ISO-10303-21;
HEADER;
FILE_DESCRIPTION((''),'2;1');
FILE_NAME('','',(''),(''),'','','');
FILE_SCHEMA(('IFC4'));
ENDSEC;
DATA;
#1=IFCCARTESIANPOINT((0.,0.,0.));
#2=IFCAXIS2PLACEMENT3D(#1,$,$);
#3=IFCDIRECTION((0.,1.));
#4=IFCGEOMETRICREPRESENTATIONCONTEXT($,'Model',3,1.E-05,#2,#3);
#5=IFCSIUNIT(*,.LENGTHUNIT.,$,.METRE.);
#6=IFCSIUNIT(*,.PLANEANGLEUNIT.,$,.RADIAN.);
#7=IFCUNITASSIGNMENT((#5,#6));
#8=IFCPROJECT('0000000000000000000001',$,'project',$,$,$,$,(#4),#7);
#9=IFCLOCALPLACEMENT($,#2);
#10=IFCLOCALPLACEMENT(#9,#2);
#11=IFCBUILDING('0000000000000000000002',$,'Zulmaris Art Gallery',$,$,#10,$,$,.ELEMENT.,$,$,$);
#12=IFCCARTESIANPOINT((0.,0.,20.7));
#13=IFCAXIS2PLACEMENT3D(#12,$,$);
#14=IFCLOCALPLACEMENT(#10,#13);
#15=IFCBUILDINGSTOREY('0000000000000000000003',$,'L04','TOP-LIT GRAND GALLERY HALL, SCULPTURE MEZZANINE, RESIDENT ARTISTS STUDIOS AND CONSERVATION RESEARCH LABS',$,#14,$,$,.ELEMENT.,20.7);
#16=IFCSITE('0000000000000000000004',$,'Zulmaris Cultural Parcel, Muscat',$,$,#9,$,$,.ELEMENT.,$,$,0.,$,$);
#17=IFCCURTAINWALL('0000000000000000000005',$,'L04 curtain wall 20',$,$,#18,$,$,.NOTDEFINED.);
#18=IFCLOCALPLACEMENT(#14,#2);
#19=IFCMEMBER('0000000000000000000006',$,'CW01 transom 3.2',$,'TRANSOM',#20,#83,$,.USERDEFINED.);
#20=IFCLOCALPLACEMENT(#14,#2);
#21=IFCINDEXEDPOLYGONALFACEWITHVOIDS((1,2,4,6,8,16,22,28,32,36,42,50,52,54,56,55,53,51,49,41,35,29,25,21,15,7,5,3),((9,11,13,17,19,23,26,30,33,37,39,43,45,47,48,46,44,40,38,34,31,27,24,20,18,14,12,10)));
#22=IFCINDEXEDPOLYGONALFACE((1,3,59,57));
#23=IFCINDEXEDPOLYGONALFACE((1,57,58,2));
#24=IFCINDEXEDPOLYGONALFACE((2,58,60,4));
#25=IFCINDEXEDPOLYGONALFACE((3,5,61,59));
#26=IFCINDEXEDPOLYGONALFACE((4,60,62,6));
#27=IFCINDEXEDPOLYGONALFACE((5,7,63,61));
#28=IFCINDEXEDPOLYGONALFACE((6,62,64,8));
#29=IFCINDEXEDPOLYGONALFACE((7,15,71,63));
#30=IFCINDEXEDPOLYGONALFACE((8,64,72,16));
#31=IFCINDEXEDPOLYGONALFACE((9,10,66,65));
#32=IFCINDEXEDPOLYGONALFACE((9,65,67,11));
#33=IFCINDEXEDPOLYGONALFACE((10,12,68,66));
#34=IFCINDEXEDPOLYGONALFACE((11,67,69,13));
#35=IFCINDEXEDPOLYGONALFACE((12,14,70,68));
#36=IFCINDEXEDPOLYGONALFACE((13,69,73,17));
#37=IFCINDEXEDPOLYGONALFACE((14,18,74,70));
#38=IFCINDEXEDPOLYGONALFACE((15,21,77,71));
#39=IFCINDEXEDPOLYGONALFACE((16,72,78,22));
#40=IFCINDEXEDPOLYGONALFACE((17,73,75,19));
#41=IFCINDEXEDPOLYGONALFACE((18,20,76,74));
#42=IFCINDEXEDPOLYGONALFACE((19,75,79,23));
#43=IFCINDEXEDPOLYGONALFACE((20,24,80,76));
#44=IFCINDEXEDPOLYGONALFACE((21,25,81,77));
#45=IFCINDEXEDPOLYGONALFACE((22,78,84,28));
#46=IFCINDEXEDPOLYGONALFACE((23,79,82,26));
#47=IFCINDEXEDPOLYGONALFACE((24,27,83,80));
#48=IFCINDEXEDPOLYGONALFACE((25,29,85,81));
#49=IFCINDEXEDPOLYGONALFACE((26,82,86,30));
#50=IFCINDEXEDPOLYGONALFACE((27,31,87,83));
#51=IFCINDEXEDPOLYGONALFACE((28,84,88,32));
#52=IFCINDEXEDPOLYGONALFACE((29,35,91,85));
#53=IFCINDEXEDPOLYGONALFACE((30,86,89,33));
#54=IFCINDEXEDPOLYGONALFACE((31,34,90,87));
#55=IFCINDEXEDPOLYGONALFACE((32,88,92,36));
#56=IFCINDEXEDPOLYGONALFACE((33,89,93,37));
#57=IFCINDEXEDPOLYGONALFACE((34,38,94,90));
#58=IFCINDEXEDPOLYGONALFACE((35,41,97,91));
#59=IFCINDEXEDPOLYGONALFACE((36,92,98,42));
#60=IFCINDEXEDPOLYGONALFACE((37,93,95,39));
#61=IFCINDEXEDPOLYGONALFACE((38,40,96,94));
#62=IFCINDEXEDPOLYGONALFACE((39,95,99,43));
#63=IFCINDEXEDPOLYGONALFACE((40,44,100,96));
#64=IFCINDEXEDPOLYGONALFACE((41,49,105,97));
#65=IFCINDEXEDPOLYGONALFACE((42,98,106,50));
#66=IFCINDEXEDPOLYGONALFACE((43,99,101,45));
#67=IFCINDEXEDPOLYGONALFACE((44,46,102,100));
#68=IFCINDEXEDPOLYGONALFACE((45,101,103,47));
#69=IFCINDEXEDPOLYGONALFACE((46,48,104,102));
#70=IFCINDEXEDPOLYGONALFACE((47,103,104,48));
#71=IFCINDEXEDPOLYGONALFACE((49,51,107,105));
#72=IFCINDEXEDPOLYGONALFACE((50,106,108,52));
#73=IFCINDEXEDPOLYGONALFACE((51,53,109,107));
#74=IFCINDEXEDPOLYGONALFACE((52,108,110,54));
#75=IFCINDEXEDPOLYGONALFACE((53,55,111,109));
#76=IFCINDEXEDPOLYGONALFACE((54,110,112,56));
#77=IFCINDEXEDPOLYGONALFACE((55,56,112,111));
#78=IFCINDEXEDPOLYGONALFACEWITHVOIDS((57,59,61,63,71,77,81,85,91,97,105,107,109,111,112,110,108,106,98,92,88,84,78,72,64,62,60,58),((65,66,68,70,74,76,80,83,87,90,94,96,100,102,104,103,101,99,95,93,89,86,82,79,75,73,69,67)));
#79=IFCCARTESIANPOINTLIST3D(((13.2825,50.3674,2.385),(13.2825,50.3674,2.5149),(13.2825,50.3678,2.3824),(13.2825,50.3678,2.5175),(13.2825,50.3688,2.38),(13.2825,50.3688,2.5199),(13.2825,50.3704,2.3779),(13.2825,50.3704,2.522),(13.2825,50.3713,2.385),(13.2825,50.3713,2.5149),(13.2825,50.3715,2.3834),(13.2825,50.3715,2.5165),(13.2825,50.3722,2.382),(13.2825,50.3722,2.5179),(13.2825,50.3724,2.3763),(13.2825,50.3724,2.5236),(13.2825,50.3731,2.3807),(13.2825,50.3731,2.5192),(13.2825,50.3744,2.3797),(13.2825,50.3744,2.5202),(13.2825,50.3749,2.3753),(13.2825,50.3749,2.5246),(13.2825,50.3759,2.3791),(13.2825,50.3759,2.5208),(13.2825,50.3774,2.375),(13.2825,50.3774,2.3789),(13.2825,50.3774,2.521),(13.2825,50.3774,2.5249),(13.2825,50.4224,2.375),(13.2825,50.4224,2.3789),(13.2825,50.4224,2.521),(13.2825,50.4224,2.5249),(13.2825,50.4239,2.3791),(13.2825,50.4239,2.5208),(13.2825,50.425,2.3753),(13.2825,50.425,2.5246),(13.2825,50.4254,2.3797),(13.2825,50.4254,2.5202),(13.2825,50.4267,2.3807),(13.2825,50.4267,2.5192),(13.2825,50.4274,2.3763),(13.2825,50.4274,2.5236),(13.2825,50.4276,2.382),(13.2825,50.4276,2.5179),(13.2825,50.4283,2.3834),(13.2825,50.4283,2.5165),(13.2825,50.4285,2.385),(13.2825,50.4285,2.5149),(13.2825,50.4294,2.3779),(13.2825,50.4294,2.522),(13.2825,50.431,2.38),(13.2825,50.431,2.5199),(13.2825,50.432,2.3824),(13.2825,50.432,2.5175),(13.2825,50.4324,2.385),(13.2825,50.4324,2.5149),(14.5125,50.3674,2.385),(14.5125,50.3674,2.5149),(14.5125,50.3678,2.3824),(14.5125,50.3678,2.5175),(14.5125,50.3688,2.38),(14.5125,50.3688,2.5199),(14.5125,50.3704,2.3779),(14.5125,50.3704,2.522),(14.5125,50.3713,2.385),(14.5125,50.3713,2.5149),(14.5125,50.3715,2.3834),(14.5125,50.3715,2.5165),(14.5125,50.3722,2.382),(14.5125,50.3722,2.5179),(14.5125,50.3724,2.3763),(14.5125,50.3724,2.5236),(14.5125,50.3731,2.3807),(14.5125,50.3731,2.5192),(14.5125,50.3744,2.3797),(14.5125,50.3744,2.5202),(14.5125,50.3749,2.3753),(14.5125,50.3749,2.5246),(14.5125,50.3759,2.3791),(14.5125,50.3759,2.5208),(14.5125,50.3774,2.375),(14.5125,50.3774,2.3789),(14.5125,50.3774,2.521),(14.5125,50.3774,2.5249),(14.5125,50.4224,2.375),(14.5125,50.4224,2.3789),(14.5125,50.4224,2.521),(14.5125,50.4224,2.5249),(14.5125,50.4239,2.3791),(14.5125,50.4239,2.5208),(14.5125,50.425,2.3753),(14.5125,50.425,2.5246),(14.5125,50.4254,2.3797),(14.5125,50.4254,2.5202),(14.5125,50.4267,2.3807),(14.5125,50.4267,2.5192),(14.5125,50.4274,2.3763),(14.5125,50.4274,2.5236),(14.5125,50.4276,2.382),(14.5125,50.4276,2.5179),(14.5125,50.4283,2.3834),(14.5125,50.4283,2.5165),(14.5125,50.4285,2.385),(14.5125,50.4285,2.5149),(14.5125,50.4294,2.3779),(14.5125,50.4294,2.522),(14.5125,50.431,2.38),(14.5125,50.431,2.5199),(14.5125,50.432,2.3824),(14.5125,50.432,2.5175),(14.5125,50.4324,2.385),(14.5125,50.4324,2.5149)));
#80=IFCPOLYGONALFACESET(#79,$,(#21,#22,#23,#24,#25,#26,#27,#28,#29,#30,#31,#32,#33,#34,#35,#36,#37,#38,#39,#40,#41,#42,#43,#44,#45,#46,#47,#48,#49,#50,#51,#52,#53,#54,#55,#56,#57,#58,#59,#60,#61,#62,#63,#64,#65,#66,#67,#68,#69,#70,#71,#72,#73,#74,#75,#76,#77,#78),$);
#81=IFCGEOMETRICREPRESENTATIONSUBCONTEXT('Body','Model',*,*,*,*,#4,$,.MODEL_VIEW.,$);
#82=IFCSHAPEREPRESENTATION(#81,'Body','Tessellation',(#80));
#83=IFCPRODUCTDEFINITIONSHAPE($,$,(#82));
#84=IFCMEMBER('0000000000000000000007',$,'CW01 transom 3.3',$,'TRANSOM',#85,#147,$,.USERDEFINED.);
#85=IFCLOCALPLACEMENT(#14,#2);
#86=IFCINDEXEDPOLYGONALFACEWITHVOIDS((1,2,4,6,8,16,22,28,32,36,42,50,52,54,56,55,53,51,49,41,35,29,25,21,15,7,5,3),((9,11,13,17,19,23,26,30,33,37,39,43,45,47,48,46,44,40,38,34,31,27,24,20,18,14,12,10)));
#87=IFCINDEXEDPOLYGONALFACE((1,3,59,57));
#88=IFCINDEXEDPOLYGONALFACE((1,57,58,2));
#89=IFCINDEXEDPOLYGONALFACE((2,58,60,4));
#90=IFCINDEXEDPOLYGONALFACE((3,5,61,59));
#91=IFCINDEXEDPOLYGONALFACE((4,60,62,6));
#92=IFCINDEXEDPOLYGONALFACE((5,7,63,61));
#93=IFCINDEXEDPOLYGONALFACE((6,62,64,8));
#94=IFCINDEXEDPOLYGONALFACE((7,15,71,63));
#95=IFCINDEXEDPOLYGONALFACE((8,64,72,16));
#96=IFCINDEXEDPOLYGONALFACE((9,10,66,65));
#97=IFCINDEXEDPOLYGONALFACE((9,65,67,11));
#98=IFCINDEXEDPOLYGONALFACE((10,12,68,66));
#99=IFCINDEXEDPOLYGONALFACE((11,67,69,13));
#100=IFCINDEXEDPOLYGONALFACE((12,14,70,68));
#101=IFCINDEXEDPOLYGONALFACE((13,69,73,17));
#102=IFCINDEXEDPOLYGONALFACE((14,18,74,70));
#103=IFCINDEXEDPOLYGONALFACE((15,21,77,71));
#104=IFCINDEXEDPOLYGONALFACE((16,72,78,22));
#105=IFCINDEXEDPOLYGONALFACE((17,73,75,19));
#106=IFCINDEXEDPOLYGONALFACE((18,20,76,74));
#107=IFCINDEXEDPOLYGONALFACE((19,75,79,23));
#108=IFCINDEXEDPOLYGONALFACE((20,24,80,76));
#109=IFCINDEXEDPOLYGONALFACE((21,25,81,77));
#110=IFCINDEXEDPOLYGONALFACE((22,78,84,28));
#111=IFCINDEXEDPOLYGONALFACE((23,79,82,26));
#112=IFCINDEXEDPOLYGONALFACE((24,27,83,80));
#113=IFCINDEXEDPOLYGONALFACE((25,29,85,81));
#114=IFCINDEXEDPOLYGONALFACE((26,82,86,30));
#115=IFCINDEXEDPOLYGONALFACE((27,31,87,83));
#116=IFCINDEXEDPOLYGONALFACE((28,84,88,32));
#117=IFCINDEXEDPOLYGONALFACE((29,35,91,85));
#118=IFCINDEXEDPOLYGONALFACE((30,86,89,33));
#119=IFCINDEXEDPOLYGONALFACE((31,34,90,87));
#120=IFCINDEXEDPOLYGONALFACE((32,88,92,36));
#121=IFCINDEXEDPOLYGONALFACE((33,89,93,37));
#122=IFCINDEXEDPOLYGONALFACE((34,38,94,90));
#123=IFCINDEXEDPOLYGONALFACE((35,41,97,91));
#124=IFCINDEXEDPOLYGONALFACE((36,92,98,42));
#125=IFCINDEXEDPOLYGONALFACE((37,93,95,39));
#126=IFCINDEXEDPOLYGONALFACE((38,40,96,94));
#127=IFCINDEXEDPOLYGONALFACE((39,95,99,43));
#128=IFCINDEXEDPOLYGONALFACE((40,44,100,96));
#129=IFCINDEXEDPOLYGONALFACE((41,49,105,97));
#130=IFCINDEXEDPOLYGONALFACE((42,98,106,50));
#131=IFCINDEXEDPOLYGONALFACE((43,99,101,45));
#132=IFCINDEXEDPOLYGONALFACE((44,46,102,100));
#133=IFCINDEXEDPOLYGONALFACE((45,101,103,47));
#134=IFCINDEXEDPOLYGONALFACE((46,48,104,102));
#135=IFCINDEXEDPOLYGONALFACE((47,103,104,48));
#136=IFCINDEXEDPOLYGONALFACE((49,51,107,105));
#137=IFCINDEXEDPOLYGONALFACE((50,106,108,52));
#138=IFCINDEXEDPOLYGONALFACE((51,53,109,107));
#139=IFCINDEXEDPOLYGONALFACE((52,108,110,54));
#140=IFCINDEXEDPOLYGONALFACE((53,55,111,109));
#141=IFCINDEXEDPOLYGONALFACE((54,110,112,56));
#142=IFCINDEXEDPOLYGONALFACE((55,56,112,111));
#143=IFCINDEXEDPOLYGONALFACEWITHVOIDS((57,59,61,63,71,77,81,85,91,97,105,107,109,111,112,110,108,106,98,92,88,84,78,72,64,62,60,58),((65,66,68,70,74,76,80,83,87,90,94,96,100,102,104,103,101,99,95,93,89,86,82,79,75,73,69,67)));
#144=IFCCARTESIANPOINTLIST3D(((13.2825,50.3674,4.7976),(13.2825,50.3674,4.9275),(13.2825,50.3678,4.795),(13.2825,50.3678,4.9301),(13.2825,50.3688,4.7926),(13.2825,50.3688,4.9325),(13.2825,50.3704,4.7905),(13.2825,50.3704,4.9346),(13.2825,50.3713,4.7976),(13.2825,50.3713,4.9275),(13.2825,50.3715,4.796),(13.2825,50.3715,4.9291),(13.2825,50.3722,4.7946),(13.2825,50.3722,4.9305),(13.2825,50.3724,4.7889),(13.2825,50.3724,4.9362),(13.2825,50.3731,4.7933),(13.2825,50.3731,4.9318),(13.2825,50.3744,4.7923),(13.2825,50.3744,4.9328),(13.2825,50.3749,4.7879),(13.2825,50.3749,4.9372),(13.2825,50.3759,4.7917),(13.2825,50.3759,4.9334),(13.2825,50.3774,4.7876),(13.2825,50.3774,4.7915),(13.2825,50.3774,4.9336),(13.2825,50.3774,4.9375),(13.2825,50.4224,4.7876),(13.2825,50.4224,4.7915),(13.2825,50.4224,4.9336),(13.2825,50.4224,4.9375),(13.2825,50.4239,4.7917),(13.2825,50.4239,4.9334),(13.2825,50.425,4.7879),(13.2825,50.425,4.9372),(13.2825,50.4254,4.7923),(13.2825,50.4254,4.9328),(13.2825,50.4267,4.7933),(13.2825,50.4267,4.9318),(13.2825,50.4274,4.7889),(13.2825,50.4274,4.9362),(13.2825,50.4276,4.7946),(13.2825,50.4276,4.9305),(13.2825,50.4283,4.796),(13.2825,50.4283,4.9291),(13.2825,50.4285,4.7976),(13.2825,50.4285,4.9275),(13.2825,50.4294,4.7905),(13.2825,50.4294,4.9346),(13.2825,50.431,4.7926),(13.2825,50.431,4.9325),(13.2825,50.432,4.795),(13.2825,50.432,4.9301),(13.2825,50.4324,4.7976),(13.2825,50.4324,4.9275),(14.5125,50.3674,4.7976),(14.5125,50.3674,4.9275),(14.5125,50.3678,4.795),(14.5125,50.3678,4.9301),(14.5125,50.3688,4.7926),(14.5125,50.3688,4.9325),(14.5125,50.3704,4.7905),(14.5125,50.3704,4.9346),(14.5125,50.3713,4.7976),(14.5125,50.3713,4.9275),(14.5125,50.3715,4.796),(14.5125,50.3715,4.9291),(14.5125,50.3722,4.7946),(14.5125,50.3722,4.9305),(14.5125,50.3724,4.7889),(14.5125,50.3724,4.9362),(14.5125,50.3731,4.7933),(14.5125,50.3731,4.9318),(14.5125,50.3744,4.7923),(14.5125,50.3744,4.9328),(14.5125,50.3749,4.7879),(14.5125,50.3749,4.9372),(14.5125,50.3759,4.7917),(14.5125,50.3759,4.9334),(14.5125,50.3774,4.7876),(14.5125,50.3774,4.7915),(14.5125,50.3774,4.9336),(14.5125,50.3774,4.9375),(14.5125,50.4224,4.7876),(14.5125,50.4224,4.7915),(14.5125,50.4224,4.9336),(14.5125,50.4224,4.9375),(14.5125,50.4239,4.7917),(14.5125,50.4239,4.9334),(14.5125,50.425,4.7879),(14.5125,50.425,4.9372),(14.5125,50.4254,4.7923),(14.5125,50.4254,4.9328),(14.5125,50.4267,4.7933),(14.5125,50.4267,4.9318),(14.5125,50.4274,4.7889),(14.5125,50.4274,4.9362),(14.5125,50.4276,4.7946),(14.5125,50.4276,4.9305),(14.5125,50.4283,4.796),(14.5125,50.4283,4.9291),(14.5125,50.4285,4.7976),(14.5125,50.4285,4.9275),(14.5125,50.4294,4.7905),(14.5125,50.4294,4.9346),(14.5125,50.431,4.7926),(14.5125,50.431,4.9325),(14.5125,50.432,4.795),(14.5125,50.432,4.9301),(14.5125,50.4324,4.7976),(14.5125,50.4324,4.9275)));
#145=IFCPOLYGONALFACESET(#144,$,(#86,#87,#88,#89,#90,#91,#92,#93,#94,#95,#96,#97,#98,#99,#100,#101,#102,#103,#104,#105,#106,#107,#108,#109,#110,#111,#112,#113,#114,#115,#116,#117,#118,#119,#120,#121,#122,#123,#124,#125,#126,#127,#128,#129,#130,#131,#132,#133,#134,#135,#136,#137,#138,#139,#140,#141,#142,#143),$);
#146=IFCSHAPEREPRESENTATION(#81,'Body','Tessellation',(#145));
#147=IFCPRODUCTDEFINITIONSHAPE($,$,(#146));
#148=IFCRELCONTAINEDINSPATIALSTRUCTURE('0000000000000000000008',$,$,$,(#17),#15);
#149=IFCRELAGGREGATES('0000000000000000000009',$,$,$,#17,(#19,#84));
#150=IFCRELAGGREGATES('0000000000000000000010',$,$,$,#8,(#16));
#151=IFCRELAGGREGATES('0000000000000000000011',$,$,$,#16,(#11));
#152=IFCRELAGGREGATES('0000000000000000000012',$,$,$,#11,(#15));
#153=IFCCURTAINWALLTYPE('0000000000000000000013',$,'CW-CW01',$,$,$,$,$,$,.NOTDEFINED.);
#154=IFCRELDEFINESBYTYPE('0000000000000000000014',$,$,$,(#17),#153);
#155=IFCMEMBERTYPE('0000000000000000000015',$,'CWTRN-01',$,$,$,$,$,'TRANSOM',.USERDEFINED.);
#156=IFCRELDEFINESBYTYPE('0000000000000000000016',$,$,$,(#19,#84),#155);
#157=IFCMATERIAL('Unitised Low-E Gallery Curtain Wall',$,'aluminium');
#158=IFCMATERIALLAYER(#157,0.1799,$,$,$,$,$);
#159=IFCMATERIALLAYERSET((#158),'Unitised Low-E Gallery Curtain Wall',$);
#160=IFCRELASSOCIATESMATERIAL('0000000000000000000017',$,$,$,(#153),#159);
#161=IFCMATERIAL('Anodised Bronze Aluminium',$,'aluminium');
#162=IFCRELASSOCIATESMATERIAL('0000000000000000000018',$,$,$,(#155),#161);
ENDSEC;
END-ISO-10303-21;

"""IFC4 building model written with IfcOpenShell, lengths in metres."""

from ifc_helpers import new_model, si_unit, direction, frame, origin, origin_2d, place, context, subcontext, project, spatial, hollow_rectangle, extrude, material, layer, layer_set, material_profile, profile_set, type_object, element, aggregate, save


model = new_model("IFC4")

# Units and contexts
model_context = context("Model", 3, precision=1e-05, world=origin(), true_north=direction((0.0, 1.0)))
body_context = subcontext(model_context, "Body", "Model", "MODEL_VIEW")
ifc_project = project(units=[si_unit("LENGTHUNIT", "METRE"), si_unit("PLANEANGLEUNIT", "RADIAN")], contexts=[model_context])

# Site, building, storey
site_placement = place(None, origin())
site = spatial("IfcSite", under=ifc_project, at=site_placement, Name="Zulmaris Cultural Parcel, Muscat", CompositionType="ELEMENT", RefElevation=0.0)
building_placement = place(site_placement, origin())
building = spatial("IfcBuilding", under=site, at=building_placement, Name="Zulmaris Art Gallery", CompositionType="ELEMENT")
storey_placement = place(building_placement, frame((0.0, 0.0, 20.7)))
storey = spatial("IfcBuildingStorey", under=building, at=storey_placement, Name="L04", Description="TOP-LIT GRAND GALLERY HALL, SCULPTURE MEZZANINE, RESIDENT ARTISTS STUDIOS AND CONSERVATION RESEARCH LABS", CompositionType="ELEMENT", Elevation=20.7)

# Curtain wall
ifc_material_1 = material(Name="Unitised Low-E Gallery Curtain Wall", Category="aluminium")
ifc_layer_1 = layer(ifc_material_1, 0.1799)
ifc_layer_set_1 = layer_set([ifc_layer_1], Name="Unitised Low-E Gallery Curtain Wall")
curtain_wall_type_1 = type_object("IfcCurtainWallType", Name="CW-CW01", PredefinedType="NOTDEFINED", material=ifc_layer_set_1)
curtain_wall_1_placement = place(storey_placement, origin())
curtain_wall_1 = element("IfcCurtainWall", 1, at=curtain_wall_1_placement, inside=storey, type_object=curtain_wall_type_1, Name="L04 curtain wall 20", PredefinedType="NOTDEFINED")
ifc_material_2 = material(Name="Anodised Bronze Aluminium", Category="aluminium")

# Members
ifc_material_profile_1 = material_profile(ifc_material_2, hollow_rectangle(XDim=0.0649, YDim=0.1499, WallThickness=0.0039, InnerFilletRadius=0.0061, OuterFilletRadius=0.01, at=origin_2d()), Name="ALU 65x150x4")
ifc_profile_set_1 = profile_set([ifc_material_profile_1], Name="Anodised Bronze Aluminium")
member_type_1 = type_object("IfcMemberType", Name="CWTRN-01", ElementType="TRANSOM", PredefinedType="USERDEFINED", material=ifc_profile_set_1)
member_1_placement = place(storey_placement, frame((14.5125, 50.3999, 2.45), z_axis=(-1.0, 0.0, 0.0), x_axis=(0.0, -1.0, 0.0)))
member_1 = element("IfcMember", 2, at=member_1_placement, type_object=member_type_1, Name="CW01 transom 3.2", ObjectType="TRANSOM", PredefinedType="USERDEFINED", context=body_context, shape_type="SweptSolid", body=[
    extrude(hollow_rectangle(XDim=0.0649, YDim=0.1499, WallThickness=0.0039, InnerFilletRadius=0.0061, OuterFilletRadius=0.01, at=origin_2d()), origin(), (0.0, 0.0, 1.0), 1.23),
])
member_2_placement = place(storey_placement, frame((14.5125, 50.3999, 4.8625), z_axis=(-1.0, 0.0, 0.0), x_axis=(0.0, -1.0, 0.0)))
member_2 = element("IfcMember", 3, at=member_2_placement, type_object=member_type_1, Name="CW01 transom 3.3", ObjectType="TRANSOM", PredefinedType="USERDEFINED", context=body_context, shape_type="SweptSolid", body=[
    extrude(hollow_rectangle(XDim=0.0649, YDim=0.1499, WallThickness=0.0039, InnerFilletRadius=0.0061, OuterFilletRadius=0.01, at=origin_2d()), origin(), (0.0, 0.0, 1.0), 1.23),
])

aggregate(curtain_wall_1, [member_1, member_2])

save(model, "model.ifc")
